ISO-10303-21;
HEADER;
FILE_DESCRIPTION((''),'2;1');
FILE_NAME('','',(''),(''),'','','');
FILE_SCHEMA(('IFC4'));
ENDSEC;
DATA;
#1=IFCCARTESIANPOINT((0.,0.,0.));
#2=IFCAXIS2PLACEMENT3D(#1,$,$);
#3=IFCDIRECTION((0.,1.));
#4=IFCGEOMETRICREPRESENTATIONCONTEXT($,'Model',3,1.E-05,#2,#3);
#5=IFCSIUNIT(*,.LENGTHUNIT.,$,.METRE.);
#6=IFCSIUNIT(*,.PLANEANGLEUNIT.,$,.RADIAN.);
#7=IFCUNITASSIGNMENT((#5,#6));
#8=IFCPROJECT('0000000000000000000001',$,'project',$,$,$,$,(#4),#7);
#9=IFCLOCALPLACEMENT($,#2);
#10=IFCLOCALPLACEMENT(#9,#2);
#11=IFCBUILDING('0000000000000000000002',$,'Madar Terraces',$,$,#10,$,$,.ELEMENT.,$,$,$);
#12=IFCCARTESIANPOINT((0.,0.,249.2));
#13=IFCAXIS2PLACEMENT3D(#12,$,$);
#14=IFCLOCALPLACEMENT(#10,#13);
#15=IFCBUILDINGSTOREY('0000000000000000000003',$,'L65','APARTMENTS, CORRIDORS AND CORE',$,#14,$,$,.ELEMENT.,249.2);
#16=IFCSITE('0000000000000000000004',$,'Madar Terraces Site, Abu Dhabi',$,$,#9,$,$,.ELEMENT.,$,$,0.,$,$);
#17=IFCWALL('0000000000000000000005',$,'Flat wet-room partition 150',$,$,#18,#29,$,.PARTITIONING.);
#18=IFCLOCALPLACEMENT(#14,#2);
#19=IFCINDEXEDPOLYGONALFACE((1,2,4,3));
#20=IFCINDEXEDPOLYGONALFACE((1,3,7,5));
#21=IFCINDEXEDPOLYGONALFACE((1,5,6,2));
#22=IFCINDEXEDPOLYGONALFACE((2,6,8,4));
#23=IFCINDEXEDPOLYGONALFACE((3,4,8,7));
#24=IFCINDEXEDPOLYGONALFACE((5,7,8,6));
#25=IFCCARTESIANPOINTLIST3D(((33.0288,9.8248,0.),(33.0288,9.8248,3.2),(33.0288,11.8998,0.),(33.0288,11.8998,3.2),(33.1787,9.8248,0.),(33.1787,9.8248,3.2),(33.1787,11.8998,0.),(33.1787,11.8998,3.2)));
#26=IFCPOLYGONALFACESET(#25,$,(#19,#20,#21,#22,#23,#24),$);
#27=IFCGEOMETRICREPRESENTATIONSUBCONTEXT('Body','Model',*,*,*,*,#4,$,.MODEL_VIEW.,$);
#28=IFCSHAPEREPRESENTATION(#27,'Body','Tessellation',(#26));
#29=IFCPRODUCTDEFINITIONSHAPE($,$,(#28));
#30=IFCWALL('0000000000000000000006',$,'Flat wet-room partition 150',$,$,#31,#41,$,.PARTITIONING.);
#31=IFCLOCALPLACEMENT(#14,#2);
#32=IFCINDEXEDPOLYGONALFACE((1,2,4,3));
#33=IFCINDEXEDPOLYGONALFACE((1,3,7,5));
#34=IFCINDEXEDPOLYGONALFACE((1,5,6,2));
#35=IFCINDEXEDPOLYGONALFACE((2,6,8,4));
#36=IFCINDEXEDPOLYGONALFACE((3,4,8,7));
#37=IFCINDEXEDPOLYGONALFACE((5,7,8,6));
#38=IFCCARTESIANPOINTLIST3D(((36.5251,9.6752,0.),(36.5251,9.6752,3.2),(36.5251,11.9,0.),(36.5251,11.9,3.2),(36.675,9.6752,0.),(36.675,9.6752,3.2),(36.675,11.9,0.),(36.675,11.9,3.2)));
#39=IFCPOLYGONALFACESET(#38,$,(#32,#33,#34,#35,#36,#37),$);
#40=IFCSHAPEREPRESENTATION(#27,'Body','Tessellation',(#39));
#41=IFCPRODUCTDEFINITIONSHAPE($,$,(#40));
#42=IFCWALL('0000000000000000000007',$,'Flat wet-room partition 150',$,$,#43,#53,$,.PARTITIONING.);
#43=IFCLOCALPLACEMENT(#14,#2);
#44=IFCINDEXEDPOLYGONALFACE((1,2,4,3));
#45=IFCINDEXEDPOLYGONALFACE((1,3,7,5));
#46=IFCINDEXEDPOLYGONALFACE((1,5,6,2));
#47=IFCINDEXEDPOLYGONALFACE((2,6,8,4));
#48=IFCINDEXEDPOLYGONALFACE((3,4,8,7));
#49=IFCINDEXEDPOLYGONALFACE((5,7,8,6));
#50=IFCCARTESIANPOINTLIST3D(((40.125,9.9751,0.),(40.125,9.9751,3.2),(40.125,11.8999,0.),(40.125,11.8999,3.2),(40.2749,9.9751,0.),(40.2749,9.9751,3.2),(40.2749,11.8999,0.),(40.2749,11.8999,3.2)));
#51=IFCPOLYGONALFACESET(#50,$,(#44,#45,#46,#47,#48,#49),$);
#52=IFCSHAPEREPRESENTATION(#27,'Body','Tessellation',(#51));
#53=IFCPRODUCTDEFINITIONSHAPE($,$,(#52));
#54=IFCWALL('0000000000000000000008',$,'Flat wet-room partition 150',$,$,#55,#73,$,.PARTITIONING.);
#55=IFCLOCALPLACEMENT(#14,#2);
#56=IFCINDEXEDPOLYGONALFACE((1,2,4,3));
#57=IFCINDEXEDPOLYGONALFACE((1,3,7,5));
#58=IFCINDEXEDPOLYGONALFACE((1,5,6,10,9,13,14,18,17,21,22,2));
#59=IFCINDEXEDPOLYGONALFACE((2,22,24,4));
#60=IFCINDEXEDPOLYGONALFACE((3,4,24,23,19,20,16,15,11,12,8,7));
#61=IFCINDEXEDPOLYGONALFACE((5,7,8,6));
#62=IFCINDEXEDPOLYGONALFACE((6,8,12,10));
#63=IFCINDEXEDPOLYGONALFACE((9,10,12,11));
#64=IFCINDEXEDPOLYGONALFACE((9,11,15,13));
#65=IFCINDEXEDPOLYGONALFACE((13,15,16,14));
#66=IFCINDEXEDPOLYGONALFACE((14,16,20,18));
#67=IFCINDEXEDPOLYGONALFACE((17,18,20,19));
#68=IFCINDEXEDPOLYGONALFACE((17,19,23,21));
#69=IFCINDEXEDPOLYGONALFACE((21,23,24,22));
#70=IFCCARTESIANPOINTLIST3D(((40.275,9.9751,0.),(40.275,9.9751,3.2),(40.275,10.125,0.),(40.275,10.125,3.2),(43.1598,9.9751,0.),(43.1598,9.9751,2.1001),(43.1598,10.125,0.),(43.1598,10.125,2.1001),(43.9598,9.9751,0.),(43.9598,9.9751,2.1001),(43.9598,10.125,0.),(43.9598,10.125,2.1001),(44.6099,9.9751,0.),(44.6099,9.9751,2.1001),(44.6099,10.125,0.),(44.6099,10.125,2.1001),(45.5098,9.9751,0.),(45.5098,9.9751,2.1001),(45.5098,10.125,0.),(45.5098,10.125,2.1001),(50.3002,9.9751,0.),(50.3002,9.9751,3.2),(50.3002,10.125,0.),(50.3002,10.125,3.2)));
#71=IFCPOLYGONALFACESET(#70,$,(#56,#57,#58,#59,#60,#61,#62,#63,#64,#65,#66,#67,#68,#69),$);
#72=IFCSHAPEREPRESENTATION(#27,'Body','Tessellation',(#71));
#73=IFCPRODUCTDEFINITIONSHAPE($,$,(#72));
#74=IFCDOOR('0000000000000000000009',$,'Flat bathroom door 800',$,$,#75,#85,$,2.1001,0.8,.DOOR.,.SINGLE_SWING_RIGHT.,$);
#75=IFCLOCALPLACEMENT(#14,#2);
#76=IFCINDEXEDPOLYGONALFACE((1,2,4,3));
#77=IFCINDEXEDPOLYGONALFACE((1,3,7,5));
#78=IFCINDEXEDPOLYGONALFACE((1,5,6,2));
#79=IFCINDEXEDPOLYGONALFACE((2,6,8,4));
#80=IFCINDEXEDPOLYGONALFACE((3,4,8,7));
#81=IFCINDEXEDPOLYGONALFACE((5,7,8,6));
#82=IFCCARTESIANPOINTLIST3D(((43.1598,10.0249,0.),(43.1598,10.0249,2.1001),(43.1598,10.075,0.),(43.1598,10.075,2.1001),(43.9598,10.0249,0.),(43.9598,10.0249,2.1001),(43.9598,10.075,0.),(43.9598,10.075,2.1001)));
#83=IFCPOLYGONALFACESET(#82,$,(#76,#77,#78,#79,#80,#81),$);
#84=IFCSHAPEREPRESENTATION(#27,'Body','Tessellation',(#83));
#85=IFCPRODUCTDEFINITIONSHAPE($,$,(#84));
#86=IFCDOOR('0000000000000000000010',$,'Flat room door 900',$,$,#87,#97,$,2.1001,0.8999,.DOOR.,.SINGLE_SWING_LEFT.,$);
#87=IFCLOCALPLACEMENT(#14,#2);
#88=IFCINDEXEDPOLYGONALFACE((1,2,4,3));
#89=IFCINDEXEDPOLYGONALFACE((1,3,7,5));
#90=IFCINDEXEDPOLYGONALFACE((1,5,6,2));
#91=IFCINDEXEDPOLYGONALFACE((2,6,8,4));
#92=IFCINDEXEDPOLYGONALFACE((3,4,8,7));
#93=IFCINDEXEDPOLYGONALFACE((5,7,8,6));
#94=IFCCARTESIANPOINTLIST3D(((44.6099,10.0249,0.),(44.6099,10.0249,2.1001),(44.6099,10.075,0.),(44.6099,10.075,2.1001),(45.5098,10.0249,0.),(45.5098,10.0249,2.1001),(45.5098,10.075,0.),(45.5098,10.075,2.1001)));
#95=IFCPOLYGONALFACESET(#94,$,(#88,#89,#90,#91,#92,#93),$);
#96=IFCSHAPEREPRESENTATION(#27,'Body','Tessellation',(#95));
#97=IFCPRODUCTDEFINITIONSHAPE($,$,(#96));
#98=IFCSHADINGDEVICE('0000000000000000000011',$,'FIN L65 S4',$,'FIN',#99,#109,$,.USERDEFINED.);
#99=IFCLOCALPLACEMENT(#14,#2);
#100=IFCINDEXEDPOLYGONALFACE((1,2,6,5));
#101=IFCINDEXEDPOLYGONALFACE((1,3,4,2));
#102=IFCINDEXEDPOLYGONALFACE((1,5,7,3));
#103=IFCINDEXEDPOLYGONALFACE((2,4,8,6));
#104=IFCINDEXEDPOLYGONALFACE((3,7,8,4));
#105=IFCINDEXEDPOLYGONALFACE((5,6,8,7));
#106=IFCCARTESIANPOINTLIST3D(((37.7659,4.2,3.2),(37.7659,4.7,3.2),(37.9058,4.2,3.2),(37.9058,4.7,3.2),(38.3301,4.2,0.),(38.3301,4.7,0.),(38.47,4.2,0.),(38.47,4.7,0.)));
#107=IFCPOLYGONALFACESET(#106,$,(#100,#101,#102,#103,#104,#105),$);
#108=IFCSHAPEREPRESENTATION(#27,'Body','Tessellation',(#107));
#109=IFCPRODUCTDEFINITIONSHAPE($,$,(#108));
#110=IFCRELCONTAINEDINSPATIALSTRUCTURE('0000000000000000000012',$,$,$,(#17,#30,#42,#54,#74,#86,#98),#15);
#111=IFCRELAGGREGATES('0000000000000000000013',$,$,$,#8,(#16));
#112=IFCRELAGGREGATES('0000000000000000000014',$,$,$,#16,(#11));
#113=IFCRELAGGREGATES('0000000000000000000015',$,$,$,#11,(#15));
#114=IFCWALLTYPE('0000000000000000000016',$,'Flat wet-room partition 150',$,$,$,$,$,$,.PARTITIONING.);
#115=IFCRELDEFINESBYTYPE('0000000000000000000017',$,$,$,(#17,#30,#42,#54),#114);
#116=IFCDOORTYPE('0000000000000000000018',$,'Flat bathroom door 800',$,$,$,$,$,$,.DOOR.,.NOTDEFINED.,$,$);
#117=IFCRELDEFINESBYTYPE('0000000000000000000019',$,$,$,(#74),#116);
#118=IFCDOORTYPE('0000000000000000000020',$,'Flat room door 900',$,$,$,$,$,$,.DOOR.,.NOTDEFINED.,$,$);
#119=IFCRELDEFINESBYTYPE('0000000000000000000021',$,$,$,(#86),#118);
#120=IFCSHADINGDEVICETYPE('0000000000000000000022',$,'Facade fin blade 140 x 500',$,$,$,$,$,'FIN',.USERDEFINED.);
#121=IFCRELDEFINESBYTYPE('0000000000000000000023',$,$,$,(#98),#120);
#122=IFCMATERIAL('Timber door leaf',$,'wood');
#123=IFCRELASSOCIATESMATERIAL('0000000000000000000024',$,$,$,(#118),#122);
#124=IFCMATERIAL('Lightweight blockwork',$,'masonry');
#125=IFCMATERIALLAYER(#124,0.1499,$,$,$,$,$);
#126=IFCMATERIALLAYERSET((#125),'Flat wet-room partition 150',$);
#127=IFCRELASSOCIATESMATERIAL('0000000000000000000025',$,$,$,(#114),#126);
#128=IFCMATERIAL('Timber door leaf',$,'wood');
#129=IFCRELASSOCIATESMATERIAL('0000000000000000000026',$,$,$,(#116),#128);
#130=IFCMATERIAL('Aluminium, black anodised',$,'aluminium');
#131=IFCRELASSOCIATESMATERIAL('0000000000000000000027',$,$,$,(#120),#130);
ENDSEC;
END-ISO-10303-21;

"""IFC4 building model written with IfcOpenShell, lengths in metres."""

from ifc_helpers import new_model, si_unit, direction, frame, frame_2d, origin, place, context, subcontext, project, spatial, polyline, rectangle, outline, extrude, material, layer, layer_set, type_object, element, fill, save


model = new_model("IFC4")

# Units and contexts
model_context = context("Model", 3, precision=1e-05, world=origin(), true_north=direction((0.0, 1.0)))
body_context = subcontext(model_context, "Body", "Model", "MODEL_VIEW")
ifc_project = project(units=[si_unit("LENGTHUNIT", "METRE"), si_unit("PLANEANGLEUNIT", "RADIAN")], contexts=[model_context])

# Site, building, storey
site_placement = place(None, origin())
site = spatial("IfcSite", under=ifc_project, at=site_placement, Name="Madar Terraces Site, Abu Dhabi", CompositionType="ELEMENT", RefElevation=0.0)
building_placement = place(site_placement, origin())
building = spatial("IfcBuilding", under=site, at=building_placement, Name="Madar Terraces", CompositionType="ELEMENT")
storey_placement = place(building_placement, frame((0.0, 0.0, 249.2)))
storey = spatial("IfcBuildingStorey", under=building, at=storey_placement, Name="L65", Description="APARTMENTS, CORRIDORS AND CORE", CompositionType="ELEMENT", Elevation=249.2)

# Shared definitions
ifc_material_1 = material(Name="Timber door leaf", Category="wood")
door_type_1 = type_object("IfcDoorType", Name="Flat room door 900", OperationType="NOTDEFINED", PredefinedType="DOOR", material=ifc_material_1)

# Walls
ifc_material_2 = material(Name="Lightweight blockwork", Category="masonry")
ifc_layer_1 = layer(ifc_material_2, 0.1499)
ifc_layer_set_1 = layer_set([ifc_layer_1], Name="Flat wet-room partition 150")
wall_type_1 = type_object("IfcWallType", Name="Flat wet-room partition 150", PredefinedType="PARTITIONING", material=ifc_layer_set_1)
wall_1_placement = place(storey_placement, frame((33.1038, 11.8999, 0.0), z_axis=(0.0, 0.0, 1.0), x_axis=(0.0, -1.0, 0.0)))
element("IfcWall", 1, at=wall_1_placement, inside=storey, type_object=wall_type_1, Name="Flat wet-room partition 150", PredefinedType="PARTITIONING", context=body_context, shape_type="SweptSolid", body=[
    extrude(rectangle(XDim=2.075, YDim=0.1499, at=frame_2d((1.0376, 0.0))), origin(), (0.0, 0.0, 1.0), 3.2),
])
wall_2_placement = place(storey_placement, frame((36.6001, 11.8999, 0.0), z_axis=(0.0, 0.0, 1.0), x_axis=(0.0, -1.0, 0.0)))
element("IfcWall", 2, at=wall_2_placement, inside=storey, type_object=wall_type_1, Name="Flat wet-room partition 150", PredefinedType="PARTITIONING", context=body_context, shape_type="SweptSolid", body=[
    extrude(rectangle(XDim=2.2249, YDim=0.1499, at=frame_2d((1.1123, 0.0))), origin(), (0.0, 0.0, 1.0), 3.2),
])
wall_3_placement = place(storey_placement, frame((40.2, 11.8999, 0.0), z_axis=(0.0, 0.0, 1.0), x_axis=(0.0, -1.0, 0.0)))
element("IfcWall", 3, at=wall_3_placement, inside=storey, type_object=wall_type_1, Name="Flat wet-room partition 150", PredefinedType="PARTITIONING", context=body_context, shape_type="SweptSolid", body=[
    extrude(rectangle(XDim=1.9248, YDim=0.1499, at=frame_2d((0.9624, 0.0))), origin(), (0.0, 0.0, 1.0), 3.2),
])

# Wall, openings, doors
wall_4_placement = place(storey_placement, frame((40.2749, 10.05, 0.0), z_axis=(0.0, 0.0, 1.0), x_axis=(1.0, 0.0, 0.0)))
wall_4 = element("IfcWall", 4, at=wall_4_placement, inside=storey, type_object=wall_type_1, Name="Flat wet-room partition 150", PredefinedType="PARTITIONING", context=body_context, shape_type="SweptSolid", body=[
    extrude(rectangle(XDim=10.0251, YDim=0.1499, at=frame_2d((5.0127, 0.0))), origin(), (0.0, 0.0, 1.0), 3.2),
])
opening_1_placement = place(wall_4_placement, frame((2.885, 0.0, 0.0)))
opening_1 = element("IfcOpeningElement", 5, at=opening_1_placement, cuts=wall_4, PredefinedType="OPENING", context=body_context, shape_type="SweptSolid", body=[
    extrude(rectangle(XDim=0.8, YDim=2.1001, at=frame_2d((0.3999, 1.05))), frame((0.0, 0.085, 0.0), z_axis=(0.0, -1.0, 0.0), x_axis=(1.0, 0.0, 0.0)), (0.0, 0.0, 1.0), 0.1699),
])
opening_2_placement = place(wall_4_placement, frame((4.335, 0.0, 0.0)))
opening_2 = element("IfcOpeningElement", 6, at=opening_2_placement, cuts=wall_4, PredefinedType="OPENING", context=body_context, shape_type="SweptSolid", body=[
    extrude(rectangle(XDim=0.8999, YDim=2.1001, at=frame_2d((0.45, 1.05))), frame((0.0, 0.085, 0.0), z_axis=(0.0, -1.0, 0.0), x_axis=(1.0, 0.0, 0.0)), (0.0, 0.0, 1.0), 0.1699),
])
ifc_material_3 = material(Name="Timber door leaf", Category="wood")
door_type_2 = type_object("IfcDoorType", Name="Flat bathroom door 800", OperationType="NOTDEFINED", PredefinedType="DOOR", material=ifc_material_3)
door_1_placement = place(opening_1_placement, origin())
door_1 = element("IfcDoor", 7, at=door_1_placement, inside=storey, type_object=door_type_2, Name="Flat bathroom door 800", OperationType="SINGLE_SWING_RIGHT", OverallHeight=2.1001, OverallWidth=0.8, PredefinedType="DOOR", context=body_context, shape_type="SweptSolid", body=[
    extrude(rectangle(XDim=0.8, YDim=2.1001, at=frame_2d((0.3999, 1.05))), frame((0.0, 0.0249, 0.0), z_axis=(0.0, -1.0, 0.0), x_axis=(1.0, 0.0, 0.0)), (0.0, 0.0, 1.0), 0.05),
])
fill(opening_1, door_1)
door_2_placement = place(opening_2_placement, origin())
door_2 = element("IfcDoor", 8, at=door_2_placement, inside=storey, type_object=door_type_1, Name="Flat room door 900", OperationType="SINGLE_SWING_LEFT", OverallHeight=2.1001, OverallWidth=0.8999, PredefinedType="DOOR", context=body_context, shape_type="SweptSolid", body=[
    extrude(rectangle(XDim=0.8999, YDim=2.1001, at=frame_2d((0.45, 1.05))), frame((0.0, 0.0249, 0.0), z_axis=(0.0, -1.0, 0.0), x_axis=(1.0, 0.0, 0.0)), (0.0, 0.0, 1.0), 0.05),
])
fill(opening_2, door_2)

# Shading device
ifc_material_4 = material(Name="Aluminium, black anodised", Category="aluminium")
shading_device_type = type_object("IfcShadingDeviceType", Name="Facade fin blade 140 x 500", ElementType="FIN", PredefinedType="USERDEFINED", material=ifc_material_4)
shading_device_placement = place(storey_placement, frame((38.3301, 4.45, 0.0), z_axis=(0.0, 0.0, 1.0), x_axis=(1.0, 0.0, 0.0)))
element("IfcShadingDevice", 9, at=shading_device_placement, inside=storey, type_object=shading_device_type, Name="FIN L65 S4", ObjectType="FIN", PredefinedType="USERDEFINED", context=body_context, shape_type="SweptSolid", body=[
    extrude(outline(polyline([(0.0, 0.0), (0.1399, 0.0), (-0.4243, 3.2), (-0.5642, 3.2), (0.0, 0.0)])), frame((0.0, 0.25, 0.0), z_axis=(0.0, -1.0, 0.0), x_axis=(1.0, 0.0, 0.0)), (0.0, 0.0, 1.0), 0.5),
])

save(model, "model.ifc")
